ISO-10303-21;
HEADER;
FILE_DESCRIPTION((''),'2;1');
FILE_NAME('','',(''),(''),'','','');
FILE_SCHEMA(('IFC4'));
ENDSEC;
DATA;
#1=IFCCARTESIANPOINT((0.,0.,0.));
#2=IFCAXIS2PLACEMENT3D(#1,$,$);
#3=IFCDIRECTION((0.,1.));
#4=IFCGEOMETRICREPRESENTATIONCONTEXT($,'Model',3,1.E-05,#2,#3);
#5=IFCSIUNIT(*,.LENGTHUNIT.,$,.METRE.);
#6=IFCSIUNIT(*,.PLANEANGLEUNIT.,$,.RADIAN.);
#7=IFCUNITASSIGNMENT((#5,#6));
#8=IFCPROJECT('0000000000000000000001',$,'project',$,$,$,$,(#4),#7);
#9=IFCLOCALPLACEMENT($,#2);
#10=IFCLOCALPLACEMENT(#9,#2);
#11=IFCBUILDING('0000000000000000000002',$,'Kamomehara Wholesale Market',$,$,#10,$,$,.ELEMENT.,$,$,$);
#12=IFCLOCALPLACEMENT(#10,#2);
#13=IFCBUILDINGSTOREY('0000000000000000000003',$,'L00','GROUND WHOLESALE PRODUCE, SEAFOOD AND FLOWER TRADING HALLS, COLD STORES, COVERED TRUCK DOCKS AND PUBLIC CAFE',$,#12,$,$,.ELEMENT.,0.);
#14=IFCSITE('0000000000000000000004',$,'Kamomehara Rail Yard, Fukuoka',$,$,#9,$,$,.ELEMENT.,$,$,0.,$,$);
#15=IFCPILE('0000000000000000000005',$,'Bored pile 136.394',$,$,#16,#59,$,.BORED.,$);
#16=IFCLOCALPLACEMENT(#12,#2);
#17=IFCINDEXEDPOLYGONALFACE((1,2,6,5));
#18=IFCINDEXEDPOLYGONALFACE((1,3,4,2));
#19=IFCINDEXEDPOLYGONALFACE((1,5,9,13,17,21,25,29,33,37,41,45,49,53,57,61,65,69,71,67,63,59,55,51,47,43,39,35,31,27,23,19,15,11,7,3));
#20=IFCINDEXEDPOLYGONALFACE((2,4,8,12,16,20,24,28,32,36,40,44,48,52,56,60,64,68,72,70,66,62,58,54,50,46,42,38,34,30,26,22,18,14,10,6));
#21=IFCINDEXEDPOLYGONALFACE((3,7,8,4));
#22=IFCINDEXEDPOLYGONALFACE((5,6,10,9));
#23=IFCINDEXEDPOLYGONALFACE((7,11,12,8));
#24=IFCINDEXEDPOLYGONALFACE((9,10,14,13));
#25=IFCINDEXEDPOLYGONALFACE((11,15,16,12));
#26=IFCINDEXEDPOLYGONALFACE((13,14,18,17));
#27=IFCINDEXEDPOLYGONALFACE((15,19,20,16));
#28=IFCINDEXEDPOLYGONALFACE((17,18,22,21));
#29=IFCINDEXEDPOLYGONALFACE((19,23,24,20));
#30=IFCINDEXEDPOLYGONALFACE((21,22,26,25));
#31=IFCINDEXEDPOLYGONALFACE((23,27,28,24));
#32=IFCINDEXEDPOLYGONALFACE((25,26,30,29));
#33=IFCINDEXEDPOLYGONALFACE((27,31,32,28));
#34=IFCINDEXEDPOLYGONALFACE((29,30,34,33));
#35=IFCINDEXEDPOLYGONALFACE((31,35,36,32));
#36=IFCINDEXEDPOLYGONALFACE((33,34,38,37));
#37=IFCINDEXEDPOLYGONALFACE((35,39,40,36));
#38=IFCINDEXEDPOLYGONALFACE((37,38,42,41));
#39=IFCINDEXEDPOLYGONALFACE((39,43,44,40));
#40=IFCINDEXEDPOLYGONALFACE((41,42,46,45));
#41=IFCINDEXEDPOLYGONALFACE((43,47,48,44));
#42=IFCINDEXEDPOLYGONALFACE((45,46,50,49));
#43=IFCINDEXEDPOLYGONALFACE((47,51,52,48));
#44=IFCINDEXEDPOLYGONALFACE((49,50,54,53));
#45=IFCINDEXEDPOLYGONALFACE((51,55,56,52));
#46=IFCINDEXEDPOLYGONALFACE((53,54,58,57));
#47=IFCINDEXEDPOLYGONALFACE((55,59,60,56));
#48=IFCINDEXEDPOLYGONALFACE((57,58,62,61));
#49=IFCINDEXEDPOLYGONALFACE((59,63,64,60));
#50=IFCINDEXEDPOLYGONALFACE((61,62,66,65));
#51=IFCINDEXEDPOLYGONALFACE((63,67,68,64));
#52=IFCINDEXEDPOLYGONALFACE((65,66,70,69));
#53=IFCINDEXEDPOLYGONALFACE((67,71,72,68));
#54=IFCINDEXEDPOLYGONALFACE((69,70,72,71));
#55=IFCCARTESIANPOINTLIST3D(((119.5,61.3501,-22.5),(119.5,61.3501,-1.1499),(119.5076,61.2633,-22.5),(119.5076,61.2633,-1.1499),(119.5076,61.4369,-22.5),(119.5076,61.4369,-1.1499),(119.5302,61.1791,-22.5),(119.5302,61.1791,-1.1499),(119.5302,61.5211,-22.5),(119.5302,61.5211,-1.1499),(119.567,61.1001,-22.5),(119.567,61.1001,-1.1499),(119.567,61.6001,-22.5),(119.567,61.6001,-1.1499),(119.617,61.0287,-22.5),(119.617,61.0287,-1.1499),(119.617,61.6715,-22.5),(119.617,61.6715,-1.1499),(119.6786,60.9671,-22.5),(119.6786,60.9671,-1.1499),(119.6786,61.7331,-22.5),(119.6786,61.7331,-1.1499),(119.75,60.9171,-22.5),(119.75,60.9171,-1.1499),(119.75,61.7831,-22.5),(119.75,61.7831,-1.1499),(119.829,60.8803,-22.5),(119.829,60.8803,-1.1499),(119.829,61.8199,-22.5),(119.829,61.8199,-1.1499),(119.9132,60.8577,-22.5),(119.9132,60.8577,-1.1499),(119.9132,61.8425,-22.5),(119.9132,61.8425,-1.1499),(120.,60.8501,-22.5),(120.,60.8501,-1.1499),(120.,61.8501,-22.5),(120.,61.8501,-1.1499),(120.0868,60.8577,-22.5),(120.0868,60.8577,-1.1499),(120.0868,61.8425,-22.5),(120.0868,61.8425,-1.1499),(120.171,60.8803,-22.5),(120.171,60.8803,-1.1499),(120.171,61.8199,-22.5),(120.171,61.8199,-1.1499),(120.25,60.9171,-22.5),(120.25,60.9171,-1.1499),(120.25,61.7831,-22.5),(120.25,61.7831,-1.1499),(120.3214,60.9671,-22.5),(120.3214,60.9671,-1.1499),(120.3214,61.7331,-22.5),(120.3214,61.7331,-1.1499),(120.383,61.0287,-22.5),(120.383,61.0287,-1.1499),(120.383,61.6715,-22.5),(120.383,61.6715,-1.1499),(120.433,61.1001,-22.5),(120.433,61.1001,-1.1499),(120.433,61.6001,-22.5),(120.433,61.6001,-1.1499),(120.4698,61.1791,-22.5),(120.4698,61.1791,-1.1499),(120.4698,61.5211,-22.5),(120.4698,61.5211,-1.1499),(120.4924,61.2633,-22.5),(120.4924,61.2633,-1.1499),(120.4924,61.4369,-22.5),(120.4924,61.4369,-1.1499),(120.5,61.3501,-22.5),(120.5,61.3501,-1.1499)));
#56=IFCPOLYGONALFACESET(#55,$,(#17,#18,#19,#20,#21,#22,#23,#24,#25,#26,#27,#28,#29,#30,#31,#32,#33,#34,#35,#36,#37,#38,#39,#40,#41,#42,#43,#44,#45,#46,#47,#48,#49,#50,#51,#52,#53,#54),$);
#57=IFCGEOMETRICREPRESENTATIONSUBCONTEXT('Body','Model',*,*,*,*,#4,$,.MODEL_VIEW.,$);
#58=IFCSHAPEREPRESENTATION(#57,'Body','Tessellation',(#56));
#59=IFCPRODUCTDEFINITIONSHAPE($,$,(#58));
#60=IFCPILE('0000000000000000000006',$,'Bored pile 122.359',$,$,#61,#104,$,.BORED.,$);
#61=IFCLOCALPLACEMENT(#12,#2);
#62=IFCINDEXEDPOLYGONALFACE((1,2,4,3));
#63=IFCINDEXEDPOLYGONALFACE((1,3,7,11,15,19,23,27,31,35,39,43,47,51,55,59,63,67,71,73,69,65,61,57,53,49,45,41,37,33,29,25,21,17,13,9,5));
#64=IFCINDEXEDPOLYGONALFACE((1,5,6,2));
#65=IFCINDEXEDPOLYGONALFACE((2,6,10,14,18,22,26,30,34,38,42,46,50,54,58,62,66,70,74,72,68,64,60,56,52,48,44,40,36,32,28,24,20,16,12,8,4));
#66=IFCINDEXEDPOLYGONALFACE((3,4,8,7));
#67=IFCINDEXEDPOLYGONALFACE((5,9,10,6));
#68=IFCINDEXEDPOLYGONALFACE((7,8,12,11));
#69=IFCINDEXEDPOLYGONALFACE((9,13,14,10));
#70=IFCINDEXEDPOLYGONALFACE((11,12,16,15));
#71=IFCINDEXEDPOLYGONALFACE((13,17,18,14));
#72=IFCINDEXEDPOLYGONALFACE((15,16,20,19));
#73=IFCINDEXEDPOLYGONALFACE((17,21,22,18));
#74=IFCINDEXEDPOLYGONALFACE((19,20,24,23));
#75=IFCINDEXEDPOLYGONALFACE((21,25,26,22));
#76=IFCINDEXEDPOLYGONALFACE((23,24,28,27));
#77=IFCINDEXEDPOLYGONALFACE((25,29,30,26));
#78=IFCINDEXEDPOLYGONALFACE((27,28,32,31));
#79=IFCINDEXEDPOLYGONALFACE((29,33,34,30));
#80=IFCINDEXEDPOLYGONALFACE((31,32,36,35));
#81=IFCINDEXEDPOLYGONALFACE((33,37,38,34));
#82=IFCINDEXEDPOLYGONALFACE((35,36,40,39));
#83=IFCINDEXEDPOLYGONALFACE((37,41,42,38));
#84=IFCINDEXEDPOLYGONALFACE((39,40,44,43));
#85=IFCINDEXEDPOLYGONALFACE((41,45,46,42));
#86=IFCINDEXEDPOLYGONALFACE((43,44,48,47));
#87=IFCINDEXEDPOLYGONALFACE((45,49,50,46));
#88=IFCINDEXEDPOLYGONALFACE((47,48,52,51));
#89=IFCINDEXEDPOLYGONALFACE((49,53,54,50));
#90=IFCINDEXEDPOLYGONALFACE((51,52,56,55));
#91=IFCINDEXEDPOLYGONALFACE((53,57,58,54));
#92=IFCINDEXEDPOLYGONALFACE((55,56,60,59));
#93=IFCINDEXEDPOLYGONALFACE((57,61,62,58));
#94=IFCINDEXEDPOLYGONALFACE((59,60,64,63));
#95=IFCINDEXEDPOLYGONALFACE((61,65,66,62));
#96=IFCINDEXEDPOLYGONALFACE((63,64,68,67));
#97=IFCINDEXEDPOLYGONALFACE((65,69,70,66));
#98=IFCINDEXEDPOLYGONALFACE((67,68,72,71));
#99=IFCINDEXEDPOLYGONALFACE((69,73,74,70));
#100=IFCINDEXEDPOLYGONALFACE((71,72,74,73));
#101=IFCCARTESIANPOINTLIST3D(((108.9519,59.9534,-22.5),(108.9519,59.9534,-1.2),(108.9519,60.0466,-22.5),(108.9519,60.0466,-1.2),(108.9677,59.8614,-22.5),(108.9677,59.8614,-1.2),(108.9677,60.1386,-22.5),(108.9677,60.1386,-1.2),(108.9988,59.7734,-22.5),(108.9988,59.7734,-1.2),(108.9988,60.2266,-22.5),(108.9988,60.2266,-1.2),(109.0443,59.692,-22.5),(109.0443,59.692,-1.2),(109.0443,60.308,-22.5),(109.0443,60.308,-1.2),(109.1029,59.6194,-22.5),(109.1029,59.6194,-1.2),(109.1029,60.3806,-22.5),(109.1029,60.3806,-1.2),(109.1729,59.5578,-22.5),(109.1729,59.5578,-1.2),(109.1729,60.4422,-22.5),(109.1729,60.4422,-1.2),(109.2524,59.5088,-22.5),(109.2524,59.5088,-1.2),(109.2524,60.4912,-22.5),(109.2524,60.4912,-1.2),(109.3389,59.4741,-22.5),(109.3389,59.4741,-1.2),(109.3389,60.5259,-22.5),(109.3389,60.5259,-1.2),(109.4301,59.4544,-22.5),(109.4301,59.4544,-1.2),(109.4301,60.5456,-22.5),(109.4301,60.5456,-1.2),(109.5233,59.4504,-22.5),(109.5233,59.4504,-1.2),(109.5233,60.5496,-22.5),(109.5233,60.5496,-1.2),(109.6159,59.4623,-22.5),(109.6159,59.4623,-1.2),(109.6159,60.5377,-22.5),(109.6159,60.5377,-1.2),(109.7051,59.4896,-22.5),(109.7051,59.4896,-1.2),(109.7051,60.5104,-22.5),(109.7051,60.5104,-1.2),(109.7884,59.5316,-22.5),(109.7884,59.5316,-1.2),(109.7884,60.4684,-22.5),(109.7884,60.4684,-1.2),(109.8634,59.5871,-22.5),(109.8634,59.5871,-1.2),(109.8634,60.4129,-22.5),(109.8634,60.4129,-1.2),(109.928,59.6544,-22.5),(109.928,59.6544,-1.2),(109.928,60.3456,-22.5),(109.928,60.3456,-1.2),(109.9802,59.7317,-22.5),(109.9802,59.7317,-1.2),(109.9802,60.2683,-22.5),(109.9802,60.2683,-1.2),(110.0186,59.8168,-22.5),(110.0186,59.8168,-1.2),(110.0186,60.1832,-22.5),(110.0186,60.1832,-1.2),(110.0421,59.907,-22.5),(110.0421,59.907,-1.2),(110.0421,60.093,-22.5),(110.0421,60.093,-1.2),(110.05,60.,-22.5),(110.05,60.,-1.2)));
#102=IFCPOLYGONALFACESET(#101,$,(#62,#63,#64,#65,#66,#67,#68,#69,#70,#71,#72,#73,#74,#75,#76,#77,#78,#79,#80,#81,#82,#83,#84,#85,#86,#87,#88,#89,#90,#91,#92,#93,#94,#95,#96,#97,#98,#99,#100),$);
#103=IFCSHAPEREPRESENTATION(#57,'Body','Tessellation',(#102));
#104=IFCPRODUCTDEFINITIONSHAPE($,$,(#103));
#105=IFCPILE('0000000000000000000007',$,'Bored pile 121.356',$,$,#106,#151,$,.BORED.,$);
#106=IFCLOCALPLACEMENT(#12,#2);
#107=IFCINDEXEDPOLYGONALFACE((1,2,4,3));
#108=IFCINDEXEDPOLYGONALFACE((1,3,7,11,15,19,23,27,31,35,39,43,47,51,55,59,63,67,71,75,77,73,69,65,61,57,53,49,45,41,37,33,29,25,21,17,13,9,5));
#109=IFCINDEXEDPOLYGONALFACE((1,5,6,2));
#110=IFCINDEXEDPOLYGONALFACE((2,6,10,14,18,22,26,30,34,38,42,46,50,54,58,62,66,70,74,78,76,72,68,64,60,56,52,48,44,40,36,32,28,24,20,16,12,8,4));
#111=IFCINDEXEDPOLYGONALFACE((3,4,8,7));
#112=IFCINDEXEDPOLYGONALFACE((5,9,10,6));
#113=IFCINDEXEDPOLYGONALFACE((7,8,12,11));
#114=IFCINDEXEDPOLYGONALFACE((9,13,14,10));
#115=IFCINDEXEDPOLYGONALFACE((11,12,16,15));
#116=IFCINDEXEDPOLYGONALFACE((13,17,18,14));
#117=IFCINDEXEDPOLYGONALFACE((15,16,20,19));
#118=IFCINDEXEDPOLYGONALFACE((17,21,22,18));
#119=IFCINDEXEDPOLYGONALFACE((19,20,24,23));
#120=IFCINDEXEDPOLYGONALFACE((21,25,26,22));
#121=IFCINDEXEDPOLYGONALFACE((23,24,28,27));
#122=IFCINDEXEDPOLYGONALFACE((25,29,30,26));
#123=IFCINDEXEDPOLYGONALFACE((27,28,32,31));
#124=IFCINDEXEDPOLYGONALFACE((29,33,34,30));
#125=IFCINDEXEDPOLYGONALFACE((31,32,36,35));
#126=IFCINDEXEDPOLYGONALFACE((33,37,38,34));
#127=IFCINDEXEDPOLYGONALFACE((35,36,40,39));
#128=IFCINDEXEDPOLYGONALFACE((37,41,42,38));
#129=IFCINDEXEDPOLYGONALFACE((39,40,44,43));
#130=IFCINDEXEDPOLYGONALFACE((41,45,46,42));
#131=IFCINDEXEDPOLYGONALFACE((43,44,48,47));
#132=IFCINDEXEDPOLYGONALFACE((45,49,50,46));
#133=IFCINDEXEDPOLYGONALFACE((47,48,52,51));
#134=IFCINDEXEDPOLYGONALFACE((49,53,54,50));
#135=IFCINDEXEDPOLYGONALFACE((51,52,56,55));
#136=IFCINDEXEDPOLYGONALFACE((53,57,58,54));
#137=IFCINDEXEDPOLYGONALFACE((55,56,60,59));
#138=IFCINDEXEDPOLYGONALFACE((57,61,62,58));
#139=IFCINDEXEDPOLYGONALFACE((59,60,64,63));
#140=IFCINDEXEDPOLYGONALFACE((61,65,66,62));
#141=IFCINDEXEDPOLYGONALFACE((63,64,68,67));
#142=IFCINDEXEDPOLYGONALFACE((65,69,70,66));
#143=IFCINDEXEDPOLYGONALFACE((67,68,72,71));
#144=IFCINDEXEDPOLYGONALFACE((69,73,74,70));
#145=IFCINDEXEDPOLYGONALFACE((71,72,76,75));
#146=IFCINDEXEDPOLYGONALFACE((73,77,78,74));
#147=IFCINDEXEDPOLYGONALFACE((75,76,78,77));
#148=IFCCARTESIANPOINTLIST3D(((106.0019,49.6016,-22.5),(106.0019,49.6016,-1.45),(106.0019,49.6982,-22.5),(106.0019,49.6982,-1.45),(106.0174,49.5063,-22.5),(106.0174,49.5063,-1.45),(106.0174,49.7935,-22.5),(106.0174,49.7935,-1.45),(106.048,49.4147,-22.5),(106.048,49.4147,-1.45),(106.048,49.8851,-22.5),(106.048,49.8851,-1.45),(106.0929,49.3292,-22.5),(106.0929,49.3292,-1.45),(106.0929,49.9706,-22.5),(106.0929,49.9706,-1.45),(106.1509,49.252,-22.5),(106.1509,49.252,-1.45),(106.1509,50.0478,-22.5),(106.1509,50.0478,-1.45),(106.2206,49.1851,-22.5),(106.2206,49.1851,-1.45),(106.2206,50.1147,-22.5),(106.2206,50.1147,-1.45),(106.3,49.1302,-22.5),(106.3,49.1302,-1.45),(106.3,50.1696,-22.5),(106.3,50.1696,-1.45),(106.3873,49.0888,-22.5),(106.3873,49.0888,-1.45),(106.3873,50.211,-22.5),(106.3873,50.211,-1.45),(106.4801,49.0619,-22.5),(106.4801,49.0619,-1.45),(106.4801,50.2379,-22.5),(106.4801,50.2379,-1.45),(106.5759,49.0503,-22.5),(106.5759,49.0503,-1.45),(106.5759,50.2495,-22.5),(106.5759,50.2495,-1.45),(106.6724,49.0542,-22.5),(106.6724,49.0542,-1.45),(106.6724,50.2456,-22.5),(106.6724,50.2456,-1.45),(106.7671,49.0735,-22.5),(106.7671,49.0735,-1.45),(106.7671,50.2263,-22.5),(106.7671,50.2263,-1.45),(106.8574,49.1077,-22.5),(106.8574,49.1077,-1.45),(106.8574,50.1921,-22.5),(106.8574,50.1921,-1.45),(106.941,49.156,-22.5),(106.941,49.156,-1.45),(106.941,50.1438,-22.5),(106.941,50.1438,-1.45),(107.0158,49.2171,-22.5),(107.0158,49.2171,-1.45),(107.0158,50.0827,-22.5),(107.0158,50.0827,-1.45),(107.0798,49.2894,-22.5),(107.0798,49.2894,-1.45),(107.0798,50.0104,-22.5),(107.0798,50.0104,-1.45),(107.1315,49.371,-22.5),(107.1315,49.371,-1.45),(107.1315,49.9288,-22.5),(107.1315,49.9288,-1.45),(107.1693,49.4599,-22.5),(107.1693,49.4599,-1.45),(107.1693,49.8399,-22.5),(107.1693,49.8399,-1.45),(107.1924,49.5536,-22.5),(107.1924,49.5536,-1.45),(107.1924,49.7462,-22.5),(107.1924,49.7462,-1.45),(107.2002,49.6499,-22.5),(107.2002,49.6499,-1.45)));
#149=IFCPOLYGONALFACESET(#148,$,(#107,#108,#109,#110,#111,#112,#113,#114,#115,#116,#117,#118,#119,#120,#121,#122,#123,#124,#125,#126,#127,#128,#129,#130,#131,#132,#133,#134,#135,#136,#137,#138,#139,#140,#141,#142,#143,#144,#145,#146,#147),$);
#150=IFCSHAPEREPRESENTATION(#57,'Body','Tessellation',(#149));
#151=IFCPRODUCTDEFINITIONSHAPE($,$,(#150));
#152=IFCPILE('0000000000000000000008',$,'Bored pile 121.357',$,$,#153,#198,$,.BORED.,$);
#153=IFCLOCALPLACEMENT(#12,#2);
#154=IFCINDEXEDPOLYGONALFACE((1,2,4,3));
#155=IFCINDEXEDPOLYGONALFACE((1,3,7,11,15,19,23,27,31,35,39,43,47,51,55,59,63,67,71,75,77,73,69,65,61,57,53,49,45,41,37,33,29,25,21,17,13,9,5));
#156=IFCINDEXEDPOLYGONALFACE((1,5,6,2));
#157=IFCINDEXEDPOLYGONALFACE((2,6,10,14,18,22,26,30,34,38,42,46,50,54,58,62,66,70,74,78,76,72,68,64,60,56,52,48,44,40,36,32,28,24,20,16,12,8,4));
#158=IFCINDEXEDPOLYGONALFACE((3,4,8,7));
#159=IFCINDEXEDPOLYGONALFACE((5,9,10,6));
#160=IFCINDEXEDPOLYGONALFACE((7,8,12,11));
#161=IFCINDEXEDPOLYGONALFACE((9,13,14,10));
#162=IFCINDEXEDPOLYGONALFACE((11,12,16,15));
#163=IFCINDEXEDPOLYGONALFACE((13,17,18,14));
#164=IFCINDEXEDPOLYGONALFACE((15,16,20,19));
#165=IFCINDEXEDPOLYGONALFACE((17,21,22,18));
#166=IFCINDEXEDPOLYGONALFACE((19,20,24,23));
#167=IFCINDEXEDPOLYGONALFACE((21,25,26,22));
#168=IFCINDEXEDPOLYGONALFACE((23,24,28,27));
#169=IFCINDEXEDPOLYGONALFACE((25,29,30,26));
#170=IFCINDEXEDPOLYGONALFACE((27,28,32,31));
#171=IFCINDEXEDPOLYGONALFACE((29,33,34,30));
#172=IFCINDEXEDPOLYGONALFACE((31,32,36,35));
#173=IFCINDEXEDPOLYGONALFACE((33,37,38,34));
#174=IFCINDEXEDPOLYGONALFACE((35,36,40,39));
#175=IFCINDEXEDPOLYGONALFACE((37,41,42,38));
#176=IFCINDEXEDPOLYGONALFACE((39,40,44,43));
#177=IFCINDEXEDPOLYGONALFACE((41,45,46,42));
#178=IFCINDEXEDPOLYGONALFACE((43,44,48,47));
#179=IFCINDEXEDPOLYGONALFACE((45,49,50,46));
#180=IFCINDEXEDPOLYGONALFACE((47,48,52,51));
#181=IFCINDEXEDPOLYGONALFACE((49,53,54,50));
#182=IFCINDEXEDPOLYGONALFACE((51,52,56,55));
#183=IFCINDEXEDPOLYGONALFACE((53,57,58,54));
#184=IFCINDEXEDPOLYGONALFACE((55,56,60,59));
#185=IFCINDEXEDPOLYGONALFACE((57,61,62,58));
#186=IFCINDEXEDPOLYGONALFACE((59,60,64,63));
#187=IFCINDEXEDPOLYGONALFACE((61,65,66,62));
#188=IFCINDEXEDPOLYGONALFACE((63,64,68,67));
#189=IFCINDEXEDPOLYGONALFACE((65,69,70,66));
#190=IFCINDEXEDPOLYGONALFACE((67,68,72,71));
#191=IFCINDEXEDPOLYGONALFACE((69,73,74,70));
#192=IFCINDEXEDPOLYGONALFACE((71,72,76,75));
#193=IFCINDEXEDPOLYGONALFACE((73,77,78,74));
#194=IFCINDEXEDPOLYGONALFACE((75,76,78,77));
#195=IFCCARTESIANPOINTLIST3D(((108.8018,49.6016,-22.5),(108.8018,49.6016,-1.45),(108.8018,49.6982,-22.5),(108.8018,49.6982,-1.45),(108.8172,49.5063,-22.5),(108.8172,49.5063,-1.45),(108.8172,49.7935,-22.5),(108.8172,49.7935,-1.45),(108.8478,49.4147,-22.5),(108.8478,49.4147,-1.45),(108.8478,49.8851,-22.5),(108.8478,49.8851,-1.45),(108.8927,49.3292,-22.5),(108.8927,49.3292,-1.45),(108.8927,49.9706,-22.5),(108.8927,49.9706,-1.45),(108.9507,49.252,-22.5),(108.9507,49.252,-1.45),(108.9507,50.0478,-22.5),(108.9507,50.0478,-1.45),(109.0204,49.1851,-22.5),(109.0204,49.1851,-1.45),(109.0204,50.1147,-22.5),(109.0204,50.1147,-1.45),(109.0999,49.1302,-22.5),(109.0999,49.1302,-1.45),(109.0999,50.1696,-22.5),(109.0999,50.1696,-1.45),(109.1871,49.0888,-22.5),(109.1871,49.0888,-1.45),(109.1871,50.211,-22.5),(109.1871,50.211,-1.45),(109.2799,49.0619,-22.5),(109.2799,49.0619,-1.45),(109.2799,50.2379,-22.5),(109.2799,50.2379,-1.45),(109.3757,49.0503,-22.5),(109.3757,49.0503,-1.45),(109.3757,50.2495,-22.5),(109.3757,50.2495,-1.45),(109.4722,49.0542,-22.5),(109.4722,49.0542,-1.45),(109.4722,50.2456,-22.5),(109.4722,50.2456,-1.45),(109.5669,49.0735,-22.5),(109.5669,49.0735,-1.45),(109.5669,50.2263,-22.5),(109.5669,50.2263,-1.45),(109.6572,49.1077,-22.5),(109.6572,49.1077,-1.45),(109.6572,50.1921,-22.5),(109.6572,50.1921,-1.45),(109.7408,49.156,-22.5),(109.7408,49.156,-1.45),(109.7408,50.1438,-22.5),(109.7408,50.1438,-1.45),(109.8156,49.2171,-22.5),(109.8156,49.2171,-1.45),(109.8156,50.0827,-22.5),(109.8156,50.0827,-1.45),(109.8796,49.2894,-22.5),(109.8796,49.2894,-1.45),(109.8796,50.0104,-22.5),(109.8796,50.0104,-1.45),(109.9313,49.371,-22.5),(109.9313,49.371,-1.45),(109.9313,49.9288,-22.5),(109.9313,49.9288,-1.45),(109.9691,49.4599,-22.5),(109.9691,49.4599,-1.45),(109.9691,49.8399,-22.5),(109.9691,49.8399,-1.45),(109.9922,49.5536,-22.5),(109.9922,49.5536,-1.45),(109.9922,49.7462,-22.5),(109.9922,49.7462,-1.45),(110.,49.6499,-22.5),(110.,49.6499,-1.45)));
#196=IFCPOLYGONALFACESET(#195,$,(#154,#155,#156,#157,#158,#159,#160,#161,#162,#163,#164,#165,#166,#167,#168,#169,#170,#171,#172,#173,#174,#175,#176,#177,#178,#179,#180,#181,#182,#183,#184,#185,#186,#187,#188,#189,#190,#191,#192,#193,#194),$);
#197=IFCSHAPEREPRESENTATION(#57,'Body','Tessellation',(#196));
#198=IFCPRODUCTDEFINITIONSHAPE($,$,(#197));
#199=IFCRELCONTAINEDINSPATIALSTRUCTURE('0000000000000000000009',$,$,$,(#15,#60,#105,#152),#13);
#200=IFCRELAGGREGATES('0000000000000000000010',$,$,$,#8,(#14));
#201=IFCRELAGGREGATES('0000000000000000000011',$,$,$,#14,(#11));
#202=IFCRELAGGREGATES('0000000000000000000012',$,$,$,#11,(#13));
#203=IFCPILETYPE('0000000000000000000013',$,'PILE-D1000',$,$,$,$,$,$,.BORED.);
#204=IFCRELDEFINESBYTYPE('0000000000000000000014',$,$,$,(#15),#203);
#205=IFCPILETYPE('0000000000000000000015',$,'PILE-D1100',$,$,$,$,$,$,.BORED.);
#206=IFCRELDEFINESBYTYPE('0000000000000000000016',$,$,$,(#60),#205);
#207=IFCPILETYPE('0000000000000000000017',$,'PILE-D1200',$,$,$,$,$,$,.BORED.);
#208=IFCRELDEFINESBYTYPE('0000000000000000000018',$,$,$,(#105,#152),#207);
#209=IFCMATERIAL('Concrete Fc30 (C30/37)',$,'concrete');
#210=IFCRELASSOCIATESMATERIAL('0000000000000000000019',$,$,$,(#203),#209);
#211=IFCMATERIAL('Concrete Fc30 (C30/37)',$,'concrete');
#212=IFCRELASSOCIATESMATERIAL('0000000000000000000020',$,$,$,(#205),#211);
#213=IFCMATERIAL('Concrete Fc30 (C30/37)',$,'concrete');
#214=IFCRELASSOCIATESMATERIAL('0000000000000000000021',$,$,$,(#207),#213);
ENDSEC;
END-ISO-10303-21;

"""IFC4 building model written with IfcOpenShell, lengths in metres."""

from ifc_helpers import new_model, si_unit, direction, frame, origin, origin_2d, place, context, subcontext, project, spatial, circle, extrude, material, material_profile, profile_set, type_object, element, save


model = new_model("IFC4")

# Units and contexts
model_context = context("Model", 3, precision=1e-05, world=origin(), true_north=direction((0.0, 1.0)))
body_context = subcontext(model_context, "Body", "Model", "MODEL_VIEW")
ifc_project = project(units=[si_unit("LENGTHUNIT", "METRE"), si_unit("PLANEANGLEUNIT", "RADIAN")], contexts=[model_context])

# Site, building, storey
site_placement = place(None, origin())
site = spatial("IfcSite", under=ifc_project, at=site_placement, Name="Kamomehara Rail Yard, Fukuoka", CompositionType="ELEMENT", RefElevation=0.0)
building_placement = place(site_placement, origin())
building = spatial("IfcBuilding", under=site, at=building_placement, Name="Kamomehara Wholesale Market", CompositionType="ELEMENT")
storey_placement = place(building_placement, origin())
storey = spatial("IfcBuildingStorey", under=building, at=storey_placement, Name="L00", Description="GROUND WHOLESALE PRODUCE, SEAFOOD AND FLOWER TRADING HALLS, COLD STORES, COVERED TRUCK DOCKS AND PUBLIC CAFE", CompositionType="ELEMENT", Elevation=0.0)

# Piles
ifc_material_1 = material(Name="Concrete Fc30 (C30/37)", Category="concrete")
ifc_material_profile_1 = material_profile(ifc_material_1, circle(Radius=0.5, at=origin_2d()), Name="RC-PILE-D1000")
ifc_profile_set_1 = profile_set([ifc_material_profile_1], Name="Concrete Fc30 (C30/37)")
pile_type_1 = type_object("IfcPileType", Name="PILE-D1000", PredefinedType="BORED", material=ifc_profile_set_1)
for number, where, z_axis, x_axis, name in (
    (1, (120.0, 61.3501, -1.1499), (0.0, 0.0, -1.0), (1.0, 0.0, 0.0), "Bored pile 136.394"),
):
    element("IfcPile", number, at=place(storey_placement, frame(where, z_axis=z_axis, x_axis=x_axis)), inside=storey, type_object=pile_type_1, Name=name, PredefinedType="BORED", context=body_context, shape_type="SweptSolid", body=[
        extrude(circle(Radius=0.5, at=origin_2d()), origin(), (0.0, 0.0, 1.0), 21.3501),
    ])
ifc_material_2 = material(Name="Concrete Fc30 (C30/37)", Category="concrete")
ifc_material_profile_2 = material_profile(ifc_material_2, circle(Radius=0.55, at=origin_2d()), Name="RC-PILE-D1100")
ifc_profile_set_2 = profile_set([ifc_material_profile_2], Name="Concrete Fc30 (C30/37)")
pile_type_2 = type_object("IfcPileType", Name="PILE-D1100", PredefinedType="BORED", material=ifc_profile_set_2)
pile_placement = place(storey_placement, frame((109.5, 60.0, -1.2), z_axis=(0.0, 0.0, -1.0), x_axis=(1.0, 0.0, 0.0)))
element("IfcPile", 2, at=pile_placement, inside=storey, type_object=pile_type_2, Name="Bored pile 122.359", PredefinedType="BORED", context=body_context, shape_type="SweptSolid", body=[
    extrude(circle(Radius=0.55, at=origin_2d()), origin(), (0.0, 0.0, 1.0), 21.3),
])
ifc_material_3 = material(Name="Concrete Fc30 (C30/37)", Category="concrete")
ifc_material_profile_3 = material_profile(ifc_material_3, circle(Radius=0.6001, at=origin_2d()), Name="RC-PILE-D1200")
ifc_profile_set_3 = profile_set([ifc_material_profile_3], Name="Concrete Fc30 (C30/37)")
pile_type_3 = type_object("IfcPileType", Name="PILE-D1200", PredefinedType="BORED", material=ifc_profile_set_3)
for number, where, z_axis, x_axis, name in (
    (3, (106.6001, 49.6499, -1.45), (0.0, 0.0, -1.0), (1.0, 0.0, 0.0), "Bored pile 121.356"),
    (4, (109.3999, 49.6499, -1.45), (0.0, 0.0, -1.0), (1.0, 0.0, 0.0), "Bored pile 121.357"),
):
    element("IfcPile", number, at=place(storey_placement, frame(where, z_axis=z_axis, x_axis=x_axis)), inside=storey, type_object=pile_type_3, Name=name, PredefinedType="BORED", context=body_context, shape_type="SweptSolid", body=[
        extrude(circle(Radius=0.6001, at=origin_2d()), origin(), (0.0, 0.0, 1.0), 21.05),
    ])

save(model, "model.ifc")
